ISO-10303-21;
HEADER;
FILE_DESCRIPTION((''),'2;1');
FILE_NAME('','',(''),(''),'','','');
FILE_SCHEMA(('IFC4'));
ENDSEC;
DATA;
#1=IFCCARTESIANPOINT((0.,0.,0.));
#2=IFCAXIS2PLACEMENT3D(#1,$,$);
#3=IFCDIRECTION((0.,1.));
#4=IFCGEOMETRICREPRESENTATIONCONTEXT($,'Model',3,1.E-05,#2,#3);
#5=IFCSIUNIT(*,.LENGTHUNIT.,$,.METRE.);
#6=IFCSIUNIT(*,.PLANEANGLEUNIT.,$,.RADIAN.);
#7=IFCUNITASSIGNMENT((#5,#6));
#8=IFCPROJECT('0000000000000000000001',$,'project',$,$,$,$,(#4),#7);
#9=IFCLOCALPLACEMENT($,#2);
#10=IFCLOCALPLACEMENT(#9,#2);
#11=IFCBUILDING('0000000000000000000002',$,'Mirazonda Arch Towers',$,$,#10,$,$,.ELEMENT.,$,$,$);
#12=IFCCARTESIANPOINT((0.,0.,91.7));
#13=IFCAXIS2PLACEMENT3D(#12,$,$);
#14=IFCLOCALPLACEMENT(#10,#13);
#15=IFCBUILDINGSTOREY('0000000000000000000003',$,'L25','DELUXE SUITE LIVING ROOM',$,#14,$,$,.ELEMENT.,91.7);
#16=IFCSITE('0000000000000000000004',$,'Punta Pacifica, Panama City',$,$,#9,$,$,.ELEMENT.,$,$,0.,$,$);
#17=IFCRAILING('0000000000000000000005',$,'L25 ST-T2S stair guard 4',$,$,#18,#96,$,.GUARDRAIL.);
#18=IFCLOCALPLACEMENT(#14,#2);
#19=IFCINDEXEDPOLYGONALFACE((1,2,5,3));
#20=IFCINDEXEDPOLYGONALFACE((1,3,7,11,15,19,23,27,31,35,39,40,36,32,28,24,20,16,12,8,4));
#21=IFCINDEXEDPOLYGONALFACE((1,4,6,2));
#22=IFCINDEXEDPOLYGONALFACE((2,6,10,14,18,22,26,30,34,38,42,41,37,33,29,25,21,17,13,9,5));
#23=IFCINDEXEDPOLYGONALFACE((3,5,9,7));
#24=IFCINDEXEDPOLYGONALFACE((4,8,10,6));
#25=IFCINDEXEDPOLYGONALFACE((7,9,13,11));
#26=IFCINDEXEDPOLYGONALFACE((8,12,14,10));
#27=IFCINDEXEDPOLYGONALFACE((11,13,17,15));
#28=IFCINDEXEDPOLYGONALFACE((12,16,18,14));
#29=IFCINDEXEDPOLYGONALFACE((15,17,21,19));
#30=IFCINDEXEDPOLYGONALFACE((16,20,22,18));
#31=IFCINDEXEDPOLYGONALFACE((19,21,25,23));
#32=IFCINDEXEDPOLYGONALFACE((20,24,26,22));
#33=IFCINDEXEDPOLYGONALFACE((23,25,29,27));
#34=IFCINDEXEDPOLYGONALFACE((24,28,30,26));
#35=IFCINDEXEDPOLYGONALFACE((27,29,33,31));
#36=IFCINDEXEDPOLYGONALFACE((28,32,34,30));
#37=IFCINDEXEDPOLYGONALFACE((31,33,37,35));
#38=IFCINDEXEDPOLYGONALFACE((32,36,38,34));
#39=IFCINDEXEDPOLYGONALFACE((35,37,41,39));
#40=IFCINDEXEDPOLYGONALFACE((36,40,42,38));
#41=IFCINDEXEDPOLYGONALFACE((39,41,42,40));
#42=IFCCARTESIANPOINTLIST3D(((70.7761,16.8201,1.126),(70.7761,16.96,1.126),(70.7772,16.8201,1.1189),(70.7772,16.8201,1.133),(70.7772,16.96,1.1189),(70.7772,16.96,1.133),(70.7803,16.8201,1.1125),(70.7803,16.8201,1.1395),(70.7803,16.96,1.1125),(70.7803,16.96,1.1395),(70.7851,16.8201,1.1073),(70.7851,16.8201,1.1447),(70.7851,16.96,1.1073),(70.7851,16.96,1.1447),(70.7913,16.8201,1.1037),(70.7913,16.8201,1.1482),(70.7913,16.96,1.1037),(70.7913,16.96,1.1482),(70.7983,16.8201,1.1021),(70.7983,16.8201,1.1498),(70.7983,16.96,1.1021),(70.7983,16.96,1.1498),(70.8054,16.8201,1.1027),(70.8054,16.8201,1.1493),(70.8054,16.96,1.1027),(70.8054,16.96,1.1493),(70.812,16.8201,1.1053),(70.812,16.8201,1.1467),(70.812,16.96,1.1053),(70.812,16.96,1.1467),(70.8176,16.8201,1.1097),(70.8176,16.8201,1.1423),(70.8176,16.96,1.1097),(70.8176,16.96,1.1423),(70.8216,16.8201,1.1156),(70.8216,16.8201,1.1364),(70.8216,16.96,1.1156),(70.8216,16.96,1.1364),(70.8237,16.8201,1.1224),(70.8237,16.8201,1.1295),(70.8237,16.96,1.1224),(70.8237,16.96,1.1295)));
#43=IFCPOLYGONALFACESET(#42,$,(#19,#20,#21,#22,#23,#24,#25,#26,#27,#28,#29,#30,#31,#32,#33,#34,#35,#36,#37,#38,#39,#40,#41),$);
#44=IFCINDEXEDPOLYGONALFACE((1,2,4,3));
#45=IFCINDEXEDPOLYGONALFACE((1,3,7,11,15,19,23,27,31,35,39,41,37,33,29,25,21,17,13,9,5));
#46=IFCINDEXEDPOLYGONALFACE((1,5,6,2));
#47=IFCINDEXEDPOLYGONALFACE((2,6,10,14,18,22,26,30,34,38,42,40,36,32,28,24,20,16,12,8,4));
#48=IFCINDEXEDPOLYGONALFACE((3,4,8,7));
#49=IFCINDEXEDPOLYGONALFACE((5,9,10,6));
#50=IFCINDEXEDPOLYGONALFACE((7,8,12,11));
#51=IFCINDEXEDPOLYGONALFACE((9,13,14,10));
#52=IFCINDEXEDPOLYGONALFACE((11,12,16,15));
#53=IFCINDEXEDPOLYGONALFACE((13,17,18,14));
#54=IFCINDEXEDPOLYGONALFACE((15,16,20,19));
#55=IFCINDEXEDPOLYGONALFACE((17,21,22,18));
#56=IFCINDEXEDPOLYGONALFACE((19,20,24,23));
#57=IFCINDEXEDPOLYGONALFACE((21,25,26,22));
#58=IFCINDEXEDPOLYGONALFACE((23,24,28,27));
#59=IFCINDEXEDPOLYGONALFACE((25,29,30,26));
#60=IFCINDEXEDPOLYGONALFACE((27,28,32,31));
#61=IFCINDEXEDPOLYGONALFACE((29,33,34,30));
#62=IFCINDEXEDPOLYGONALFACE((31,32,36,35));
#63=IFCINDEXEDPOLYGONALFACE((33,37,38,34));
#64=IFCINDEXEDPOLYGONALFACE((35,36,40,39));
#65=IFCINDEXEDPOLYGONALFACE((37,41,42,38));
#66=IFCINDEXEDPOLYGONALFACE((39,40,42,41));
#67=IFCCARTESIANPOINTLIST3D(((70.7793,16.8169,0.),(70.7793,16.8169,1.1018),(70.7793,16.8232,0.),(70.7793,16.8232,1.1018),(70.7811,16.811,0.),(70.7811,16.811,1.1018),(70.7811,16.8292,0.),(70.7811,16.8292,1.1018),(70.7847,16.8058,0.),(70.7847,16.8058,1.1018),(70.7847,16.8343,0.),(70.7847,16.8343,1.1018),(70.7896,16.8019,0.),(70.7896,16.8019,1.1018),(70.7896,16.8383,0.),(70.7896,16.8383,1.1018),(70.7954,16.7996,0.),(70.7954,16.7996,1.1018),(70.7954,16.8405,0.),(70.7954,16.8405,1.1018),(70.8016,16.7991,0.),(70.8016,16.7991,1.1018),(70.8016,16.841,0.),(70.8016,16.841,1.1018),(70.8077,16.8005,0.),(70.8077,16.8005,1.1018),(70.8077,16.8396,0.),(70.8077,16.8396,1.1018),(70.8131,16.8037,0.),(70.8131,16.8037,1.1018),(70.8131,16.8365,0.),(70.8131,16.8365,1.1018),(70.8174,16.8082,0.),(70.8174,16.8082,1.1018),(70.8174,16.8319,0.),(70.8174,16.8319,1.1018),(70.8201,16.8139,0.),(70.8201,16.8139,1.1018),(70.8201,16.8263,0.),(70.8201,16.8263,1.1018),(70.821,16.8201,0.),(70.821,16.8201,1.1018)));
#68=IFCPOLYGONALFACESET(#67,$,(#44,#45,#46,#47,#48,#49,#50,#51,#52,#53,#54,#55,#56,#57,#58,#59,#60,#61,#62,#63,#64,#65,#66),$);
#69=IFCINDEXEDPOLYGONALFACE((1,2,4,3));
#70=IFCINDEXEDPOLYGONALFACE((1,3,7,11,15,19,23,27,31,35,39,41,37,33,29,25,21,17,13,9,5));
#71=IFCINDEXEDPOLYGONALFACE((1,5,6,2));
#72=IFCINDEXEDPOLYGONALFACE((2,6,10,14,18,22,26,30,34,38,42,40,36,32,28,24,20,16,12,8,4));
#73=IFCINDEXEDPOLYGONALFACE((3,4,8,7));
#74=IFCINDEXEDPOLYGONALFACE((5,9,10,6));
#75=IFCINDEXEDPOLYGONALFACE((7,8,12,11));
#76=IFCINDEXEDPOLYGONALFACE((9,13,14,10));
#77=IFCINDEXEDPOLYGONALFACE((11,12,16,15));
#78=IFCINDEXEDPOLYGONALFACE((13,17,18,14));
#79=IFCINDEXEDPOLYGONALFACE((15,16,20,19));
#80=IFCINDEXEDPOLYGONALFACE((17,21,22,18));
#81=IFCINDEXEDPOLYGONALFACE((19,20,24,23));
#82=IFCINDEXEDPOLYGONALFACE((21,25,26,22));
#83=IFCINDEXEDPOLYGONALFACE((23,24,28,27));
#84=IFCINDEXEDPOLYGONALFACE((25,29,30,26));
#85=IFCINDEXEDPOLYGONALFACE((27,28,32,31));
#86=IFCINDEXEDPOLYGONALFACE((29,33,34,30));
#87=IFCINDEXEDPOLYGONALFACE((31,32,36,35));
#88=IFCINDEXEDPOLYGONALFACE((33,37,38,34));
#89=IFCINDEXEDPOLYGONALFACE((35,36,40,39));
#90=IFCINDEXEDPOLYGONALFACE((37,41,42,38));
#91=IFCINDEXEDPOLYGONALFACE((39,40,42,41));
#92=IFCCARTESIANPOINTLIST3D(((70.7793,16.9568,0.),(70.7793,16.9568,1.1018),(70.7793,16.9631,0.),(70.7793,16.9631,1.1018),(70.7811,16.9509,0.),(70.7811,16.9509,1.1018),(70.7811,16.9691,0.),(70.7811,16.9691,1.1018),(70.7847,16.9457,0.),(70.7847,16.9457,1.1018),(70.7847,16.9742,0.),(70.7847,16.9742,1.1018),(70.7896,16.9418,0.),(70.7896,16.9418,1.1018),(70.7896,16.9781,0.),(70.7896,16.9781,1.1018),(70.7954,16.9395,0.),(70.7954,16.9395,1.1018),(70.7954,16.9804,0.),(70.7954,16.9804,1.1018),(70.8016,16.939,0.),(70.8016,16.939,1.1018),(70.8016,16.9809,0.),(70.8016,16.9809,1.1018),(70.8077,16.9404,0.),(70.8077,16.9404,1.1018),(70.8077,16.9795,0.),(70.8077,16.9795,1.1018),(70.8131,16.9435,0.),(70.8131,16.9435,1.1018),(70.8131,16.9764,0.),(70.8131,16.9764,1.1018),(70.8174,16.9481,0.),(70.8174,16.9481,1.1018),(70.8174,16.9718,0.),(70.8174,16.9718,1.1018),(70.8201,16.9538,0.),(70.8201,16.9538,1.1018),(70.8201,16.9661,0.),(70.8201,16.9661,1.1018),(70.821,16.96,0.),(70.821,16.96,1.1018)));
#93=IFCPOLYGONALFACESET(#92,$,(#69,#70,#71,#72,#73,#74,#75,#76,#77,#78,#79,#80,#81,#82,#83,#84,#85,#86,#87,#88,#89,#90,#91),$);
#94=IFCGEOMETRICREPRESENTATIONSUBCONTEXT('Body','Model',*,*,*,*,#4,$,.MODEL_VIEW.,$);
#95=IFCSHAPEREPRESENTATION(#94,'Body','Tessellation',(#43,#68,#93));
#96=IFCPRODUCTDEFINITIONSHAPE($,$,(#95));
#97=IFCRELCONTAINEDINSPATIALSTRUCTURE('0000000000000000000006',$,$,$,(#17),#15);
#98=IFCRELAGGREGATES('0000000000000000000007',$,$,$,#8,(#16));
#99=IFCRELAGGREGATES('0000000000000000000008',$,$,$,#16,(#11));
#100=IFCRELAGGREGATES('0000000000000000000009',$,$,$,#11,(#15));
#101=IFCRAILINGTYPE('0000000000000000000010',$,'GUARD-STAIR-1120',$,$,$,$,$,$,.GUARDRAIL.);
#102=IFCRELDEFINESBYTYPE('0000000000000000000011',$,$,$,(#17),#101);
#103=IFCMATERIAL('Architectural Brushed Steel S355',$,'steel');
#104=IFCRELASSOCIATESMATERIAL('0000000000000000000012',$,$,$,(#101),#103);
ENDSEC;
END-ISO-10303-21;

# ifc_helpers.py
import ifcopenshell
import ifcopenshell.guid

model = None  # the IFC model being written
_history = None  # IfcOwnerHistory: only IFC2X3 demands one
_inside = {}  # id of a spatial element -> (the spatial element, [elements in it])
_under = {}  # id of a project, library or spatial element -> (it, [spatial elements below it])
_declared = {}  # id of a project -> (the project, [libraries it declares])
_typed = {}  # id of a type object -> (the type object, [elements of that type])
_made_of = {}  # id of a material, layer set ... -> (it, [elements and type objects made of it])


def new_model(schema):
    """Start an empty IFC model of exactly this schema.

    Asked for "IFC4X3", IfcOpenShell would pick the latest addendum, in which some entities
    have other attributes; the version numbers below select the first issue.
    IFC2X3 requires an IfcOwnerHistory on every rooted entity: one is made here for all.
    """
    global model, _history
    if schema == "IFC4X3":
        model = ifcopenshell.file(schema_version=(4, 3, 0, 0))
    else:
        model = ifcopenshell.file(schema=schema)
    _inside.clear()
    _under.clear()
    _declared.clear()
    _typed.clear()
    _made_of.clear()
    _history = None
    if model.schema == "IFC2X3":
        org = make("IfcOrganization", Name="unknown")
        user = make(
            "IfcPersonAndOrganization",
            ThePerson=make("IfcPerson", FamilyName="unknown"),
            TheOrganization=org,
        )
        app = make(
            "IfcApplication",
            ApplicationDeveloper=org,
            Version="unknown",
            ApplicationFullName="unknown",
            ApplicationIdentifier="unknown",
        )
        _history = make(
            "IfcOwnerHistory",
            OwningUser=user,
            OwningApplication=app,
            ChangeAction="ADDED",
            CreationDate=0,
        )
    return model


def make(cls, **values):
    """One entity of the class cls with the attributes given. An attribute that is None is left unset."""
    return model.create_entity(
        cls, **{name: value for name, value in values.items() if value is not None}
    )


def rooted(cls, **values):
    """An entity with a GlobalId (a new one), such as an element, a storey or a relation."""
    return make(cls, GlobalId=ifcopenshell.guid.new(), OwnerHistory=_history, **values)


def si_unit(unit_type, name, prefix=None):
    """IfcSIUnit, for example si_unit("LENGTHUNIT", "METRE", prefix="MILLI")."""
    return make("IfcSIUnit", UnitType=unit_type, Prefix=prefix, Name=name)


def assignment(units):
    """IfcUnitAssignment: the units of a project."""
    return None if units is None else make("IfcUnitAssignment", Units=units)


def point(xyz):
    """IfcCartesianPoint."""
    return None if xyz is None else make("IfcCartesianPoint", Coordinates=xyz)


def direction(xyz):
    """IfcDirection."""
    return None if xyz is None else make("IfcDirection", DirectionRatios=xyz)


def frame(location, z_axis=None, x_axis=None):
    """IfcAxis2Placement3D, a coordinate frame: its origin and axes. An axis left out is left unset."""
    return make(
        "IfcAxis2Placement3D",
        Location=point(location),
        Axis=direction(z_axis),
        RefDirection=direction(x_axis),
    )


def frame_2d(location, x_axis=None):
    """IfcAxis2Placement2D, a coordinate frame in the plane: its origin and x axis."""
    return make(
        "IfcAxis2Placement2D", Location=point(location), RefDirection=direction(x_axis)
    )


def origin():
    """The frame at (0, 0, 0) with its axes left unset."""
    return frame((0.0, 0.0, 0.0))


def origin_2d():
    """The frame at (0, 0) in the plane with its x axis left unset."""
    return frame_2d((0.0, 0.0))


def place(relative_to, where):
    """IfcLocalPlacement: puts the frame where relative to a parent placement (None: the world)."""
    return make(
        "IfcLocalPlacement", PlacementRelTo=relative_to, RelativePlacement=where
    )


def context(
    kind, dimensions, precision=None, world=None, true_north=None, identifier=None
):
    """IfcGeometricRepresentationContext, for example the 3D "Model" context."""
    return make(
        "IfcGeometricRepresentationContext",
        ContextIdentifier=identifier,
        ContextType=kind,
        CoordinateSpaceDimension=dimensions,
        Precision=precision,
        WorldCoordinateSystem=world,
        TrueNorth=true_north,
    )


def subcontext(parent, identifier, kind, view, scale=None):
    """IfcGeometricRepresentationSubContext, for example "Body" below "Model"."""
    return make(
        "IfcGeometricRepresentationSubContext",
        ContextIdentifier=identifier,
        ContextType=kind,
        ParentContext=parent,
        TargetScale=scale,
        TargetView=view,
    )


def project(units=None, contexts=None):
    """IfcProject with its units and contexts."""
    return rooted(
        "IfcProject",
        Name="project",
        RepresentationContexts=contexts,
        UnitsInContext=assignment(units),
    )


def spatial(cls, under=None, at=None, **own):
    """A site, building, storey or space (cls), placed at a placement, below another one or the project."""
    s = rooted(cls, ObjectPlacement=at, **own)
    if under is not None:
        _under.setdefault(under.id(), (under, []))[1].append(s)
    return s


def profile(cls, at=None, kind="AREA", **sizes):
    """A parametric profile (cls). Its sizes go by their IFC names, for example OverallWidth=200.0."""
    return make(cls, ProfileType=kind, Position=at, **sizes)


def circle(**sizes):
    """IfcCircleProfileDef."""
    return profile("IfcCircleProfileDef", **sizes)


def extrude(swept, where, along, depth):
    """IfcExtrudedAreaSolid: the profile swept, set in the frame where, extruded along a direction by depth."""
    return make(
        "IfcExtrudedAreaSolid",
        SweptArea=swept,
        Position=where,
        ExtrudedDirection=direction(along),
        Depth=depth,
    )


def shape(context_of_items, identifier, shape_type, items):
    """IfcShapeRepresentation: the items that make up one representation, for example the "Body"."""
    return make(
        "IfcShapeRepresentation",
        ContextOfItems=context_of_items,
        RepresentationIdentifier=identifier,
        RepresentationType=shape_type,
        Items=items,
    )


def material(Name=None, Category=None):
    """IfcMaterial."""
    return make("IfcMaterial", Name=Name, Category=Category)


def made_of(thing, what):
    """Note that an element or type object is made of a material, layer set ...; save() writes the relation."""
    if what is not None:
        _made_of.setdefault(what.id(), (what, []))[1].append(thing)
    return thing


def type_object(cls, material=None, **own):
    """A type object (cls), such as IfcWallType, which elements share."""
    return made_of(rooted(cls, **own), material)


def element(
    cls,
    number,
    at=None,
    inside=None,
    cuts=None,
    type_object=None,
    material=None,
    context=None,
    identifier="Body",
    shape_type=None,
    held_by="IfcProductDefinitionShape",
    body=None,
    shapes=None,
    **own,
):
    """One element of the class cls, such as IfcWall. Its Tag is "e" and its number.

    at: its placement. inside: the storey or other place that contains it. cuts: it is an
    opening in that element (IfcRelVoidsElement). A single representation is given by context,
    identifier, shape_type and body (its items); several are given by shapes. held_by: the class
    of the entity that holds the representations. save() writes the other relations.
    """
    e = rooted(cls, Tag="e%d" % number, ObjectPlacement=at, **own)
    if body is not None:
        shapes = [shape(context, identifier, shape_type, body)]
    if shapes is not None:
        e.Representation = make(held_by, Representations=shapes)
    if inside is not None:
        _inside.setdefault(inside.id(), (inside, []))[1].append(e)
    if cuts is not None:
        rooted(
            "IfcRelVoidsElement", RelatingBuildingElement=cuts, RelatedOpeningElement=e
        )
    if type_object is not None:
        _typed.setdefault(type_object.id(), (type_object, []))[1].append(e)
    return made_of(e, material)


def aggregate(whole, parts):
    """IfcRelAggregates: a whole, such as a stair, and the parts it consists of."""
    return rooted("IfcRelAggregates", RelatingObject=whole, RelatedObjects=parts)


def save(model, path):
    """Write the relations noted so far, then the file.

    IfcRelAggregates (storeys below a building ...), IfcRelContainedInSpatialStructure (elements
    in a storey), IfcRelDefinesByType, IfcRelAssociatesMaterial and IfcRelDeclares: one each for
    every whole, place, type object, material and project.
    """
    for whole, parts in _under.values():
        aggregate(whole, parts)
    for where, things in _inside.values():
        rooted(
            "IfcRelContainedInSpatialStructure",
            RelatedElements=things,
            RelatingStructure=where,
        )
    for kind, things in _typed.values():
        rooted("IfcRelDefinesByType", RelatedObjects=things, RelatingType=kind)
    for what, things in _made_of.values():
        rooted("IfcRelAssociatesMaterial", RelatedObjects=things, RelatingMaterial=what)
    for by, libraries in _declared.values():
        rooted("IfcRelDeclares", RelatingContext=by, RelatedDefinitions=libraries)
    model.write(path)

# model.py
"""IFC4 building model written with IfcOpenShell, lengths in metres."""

from ifc_helpers import new_model, si_unit, direction, frame, origin, origin_2d, place, context, subcontext, project, spatial, circle, extrude, material, type_object, element, save


model = new_model("IFC4")

# Units and contexts
model_context = context("Model", 3, precision=1e-05, world=origin(), true_north=direction((0.0, 1.0)))
body_context = subcontext(model_context, "Body", "Model", "MODEL_VIEW")
ifc_project = project(units=[si_unit("LENGTHUNIT", "METRE"), si_unit("PLANEANGLEUNIT", "RADIAN")], contexts=[model_context])

# Site, building, storey
site_placement = place(None, origin())
site = spatial("IfcSite", under=ifc_project, at=site_placement, Name="Punta Pacifica, Panama City", CompositionType="ELEMENT", RefElevation=0.0)
building_placement = place(site_placement, origin())
building = spatial("IfcBuilding", under=site, at=building_placement, Name="Mirazonda Arch Towers", CompositionType="ELEMENT")
storey_placement = place(building_placement, frame((0.0, 0.0, 91.7)))
storey = spatial("IfcBuildingStorey", under=building, at=storey_placement, Name="L25", Description="DELUXE SUITE LIVING ROOM", CompositionType="ELEMENT", Elevation=91.7)

# Shared definitions
ifc_material_1 = material(Name="Architectural Brushed Steel S355", Category="steel")

# Railing
railing_type_1 = type_object("IfcRailingType", Name="GUARD-STAIR-1120", PredefinedType="GUARDRAIL", material=ifc_material_1)
railing_1_placement = place(storey_placement, frame((70.8, 16.8201, 0.0)))
element("IfcRailing", 1, at=railing_1_placement, inside=storey, type_object=railing_type_1, Name="L25 ST-T2S stair guard 4", PredefinedType="GUARDRAIL", context=body_context, shape_type="SweptSolid", body=[
    extrude(circle(Radius=0.0239, at=origin_2d()), frame((0.0, 0.0, 1.126), z_axis=(0.0, 1.0, 0.0), x_axis=(-1.0, 0.0, 0.0)), (0.0, 0.0, 1.0), 0.1399),
    extrude(circle(Radius=0.021, at=origin_2d()), origin(), (0.0, 0.0, 1.0), 1.1018),
    extrude(circle(Radius=0.021, at=origin_2d()), frame((0.0, 0.1399, 0.0)), (0.0, 0.0, 1.0), 1.1018),
])

save(model, "model.ifc")
